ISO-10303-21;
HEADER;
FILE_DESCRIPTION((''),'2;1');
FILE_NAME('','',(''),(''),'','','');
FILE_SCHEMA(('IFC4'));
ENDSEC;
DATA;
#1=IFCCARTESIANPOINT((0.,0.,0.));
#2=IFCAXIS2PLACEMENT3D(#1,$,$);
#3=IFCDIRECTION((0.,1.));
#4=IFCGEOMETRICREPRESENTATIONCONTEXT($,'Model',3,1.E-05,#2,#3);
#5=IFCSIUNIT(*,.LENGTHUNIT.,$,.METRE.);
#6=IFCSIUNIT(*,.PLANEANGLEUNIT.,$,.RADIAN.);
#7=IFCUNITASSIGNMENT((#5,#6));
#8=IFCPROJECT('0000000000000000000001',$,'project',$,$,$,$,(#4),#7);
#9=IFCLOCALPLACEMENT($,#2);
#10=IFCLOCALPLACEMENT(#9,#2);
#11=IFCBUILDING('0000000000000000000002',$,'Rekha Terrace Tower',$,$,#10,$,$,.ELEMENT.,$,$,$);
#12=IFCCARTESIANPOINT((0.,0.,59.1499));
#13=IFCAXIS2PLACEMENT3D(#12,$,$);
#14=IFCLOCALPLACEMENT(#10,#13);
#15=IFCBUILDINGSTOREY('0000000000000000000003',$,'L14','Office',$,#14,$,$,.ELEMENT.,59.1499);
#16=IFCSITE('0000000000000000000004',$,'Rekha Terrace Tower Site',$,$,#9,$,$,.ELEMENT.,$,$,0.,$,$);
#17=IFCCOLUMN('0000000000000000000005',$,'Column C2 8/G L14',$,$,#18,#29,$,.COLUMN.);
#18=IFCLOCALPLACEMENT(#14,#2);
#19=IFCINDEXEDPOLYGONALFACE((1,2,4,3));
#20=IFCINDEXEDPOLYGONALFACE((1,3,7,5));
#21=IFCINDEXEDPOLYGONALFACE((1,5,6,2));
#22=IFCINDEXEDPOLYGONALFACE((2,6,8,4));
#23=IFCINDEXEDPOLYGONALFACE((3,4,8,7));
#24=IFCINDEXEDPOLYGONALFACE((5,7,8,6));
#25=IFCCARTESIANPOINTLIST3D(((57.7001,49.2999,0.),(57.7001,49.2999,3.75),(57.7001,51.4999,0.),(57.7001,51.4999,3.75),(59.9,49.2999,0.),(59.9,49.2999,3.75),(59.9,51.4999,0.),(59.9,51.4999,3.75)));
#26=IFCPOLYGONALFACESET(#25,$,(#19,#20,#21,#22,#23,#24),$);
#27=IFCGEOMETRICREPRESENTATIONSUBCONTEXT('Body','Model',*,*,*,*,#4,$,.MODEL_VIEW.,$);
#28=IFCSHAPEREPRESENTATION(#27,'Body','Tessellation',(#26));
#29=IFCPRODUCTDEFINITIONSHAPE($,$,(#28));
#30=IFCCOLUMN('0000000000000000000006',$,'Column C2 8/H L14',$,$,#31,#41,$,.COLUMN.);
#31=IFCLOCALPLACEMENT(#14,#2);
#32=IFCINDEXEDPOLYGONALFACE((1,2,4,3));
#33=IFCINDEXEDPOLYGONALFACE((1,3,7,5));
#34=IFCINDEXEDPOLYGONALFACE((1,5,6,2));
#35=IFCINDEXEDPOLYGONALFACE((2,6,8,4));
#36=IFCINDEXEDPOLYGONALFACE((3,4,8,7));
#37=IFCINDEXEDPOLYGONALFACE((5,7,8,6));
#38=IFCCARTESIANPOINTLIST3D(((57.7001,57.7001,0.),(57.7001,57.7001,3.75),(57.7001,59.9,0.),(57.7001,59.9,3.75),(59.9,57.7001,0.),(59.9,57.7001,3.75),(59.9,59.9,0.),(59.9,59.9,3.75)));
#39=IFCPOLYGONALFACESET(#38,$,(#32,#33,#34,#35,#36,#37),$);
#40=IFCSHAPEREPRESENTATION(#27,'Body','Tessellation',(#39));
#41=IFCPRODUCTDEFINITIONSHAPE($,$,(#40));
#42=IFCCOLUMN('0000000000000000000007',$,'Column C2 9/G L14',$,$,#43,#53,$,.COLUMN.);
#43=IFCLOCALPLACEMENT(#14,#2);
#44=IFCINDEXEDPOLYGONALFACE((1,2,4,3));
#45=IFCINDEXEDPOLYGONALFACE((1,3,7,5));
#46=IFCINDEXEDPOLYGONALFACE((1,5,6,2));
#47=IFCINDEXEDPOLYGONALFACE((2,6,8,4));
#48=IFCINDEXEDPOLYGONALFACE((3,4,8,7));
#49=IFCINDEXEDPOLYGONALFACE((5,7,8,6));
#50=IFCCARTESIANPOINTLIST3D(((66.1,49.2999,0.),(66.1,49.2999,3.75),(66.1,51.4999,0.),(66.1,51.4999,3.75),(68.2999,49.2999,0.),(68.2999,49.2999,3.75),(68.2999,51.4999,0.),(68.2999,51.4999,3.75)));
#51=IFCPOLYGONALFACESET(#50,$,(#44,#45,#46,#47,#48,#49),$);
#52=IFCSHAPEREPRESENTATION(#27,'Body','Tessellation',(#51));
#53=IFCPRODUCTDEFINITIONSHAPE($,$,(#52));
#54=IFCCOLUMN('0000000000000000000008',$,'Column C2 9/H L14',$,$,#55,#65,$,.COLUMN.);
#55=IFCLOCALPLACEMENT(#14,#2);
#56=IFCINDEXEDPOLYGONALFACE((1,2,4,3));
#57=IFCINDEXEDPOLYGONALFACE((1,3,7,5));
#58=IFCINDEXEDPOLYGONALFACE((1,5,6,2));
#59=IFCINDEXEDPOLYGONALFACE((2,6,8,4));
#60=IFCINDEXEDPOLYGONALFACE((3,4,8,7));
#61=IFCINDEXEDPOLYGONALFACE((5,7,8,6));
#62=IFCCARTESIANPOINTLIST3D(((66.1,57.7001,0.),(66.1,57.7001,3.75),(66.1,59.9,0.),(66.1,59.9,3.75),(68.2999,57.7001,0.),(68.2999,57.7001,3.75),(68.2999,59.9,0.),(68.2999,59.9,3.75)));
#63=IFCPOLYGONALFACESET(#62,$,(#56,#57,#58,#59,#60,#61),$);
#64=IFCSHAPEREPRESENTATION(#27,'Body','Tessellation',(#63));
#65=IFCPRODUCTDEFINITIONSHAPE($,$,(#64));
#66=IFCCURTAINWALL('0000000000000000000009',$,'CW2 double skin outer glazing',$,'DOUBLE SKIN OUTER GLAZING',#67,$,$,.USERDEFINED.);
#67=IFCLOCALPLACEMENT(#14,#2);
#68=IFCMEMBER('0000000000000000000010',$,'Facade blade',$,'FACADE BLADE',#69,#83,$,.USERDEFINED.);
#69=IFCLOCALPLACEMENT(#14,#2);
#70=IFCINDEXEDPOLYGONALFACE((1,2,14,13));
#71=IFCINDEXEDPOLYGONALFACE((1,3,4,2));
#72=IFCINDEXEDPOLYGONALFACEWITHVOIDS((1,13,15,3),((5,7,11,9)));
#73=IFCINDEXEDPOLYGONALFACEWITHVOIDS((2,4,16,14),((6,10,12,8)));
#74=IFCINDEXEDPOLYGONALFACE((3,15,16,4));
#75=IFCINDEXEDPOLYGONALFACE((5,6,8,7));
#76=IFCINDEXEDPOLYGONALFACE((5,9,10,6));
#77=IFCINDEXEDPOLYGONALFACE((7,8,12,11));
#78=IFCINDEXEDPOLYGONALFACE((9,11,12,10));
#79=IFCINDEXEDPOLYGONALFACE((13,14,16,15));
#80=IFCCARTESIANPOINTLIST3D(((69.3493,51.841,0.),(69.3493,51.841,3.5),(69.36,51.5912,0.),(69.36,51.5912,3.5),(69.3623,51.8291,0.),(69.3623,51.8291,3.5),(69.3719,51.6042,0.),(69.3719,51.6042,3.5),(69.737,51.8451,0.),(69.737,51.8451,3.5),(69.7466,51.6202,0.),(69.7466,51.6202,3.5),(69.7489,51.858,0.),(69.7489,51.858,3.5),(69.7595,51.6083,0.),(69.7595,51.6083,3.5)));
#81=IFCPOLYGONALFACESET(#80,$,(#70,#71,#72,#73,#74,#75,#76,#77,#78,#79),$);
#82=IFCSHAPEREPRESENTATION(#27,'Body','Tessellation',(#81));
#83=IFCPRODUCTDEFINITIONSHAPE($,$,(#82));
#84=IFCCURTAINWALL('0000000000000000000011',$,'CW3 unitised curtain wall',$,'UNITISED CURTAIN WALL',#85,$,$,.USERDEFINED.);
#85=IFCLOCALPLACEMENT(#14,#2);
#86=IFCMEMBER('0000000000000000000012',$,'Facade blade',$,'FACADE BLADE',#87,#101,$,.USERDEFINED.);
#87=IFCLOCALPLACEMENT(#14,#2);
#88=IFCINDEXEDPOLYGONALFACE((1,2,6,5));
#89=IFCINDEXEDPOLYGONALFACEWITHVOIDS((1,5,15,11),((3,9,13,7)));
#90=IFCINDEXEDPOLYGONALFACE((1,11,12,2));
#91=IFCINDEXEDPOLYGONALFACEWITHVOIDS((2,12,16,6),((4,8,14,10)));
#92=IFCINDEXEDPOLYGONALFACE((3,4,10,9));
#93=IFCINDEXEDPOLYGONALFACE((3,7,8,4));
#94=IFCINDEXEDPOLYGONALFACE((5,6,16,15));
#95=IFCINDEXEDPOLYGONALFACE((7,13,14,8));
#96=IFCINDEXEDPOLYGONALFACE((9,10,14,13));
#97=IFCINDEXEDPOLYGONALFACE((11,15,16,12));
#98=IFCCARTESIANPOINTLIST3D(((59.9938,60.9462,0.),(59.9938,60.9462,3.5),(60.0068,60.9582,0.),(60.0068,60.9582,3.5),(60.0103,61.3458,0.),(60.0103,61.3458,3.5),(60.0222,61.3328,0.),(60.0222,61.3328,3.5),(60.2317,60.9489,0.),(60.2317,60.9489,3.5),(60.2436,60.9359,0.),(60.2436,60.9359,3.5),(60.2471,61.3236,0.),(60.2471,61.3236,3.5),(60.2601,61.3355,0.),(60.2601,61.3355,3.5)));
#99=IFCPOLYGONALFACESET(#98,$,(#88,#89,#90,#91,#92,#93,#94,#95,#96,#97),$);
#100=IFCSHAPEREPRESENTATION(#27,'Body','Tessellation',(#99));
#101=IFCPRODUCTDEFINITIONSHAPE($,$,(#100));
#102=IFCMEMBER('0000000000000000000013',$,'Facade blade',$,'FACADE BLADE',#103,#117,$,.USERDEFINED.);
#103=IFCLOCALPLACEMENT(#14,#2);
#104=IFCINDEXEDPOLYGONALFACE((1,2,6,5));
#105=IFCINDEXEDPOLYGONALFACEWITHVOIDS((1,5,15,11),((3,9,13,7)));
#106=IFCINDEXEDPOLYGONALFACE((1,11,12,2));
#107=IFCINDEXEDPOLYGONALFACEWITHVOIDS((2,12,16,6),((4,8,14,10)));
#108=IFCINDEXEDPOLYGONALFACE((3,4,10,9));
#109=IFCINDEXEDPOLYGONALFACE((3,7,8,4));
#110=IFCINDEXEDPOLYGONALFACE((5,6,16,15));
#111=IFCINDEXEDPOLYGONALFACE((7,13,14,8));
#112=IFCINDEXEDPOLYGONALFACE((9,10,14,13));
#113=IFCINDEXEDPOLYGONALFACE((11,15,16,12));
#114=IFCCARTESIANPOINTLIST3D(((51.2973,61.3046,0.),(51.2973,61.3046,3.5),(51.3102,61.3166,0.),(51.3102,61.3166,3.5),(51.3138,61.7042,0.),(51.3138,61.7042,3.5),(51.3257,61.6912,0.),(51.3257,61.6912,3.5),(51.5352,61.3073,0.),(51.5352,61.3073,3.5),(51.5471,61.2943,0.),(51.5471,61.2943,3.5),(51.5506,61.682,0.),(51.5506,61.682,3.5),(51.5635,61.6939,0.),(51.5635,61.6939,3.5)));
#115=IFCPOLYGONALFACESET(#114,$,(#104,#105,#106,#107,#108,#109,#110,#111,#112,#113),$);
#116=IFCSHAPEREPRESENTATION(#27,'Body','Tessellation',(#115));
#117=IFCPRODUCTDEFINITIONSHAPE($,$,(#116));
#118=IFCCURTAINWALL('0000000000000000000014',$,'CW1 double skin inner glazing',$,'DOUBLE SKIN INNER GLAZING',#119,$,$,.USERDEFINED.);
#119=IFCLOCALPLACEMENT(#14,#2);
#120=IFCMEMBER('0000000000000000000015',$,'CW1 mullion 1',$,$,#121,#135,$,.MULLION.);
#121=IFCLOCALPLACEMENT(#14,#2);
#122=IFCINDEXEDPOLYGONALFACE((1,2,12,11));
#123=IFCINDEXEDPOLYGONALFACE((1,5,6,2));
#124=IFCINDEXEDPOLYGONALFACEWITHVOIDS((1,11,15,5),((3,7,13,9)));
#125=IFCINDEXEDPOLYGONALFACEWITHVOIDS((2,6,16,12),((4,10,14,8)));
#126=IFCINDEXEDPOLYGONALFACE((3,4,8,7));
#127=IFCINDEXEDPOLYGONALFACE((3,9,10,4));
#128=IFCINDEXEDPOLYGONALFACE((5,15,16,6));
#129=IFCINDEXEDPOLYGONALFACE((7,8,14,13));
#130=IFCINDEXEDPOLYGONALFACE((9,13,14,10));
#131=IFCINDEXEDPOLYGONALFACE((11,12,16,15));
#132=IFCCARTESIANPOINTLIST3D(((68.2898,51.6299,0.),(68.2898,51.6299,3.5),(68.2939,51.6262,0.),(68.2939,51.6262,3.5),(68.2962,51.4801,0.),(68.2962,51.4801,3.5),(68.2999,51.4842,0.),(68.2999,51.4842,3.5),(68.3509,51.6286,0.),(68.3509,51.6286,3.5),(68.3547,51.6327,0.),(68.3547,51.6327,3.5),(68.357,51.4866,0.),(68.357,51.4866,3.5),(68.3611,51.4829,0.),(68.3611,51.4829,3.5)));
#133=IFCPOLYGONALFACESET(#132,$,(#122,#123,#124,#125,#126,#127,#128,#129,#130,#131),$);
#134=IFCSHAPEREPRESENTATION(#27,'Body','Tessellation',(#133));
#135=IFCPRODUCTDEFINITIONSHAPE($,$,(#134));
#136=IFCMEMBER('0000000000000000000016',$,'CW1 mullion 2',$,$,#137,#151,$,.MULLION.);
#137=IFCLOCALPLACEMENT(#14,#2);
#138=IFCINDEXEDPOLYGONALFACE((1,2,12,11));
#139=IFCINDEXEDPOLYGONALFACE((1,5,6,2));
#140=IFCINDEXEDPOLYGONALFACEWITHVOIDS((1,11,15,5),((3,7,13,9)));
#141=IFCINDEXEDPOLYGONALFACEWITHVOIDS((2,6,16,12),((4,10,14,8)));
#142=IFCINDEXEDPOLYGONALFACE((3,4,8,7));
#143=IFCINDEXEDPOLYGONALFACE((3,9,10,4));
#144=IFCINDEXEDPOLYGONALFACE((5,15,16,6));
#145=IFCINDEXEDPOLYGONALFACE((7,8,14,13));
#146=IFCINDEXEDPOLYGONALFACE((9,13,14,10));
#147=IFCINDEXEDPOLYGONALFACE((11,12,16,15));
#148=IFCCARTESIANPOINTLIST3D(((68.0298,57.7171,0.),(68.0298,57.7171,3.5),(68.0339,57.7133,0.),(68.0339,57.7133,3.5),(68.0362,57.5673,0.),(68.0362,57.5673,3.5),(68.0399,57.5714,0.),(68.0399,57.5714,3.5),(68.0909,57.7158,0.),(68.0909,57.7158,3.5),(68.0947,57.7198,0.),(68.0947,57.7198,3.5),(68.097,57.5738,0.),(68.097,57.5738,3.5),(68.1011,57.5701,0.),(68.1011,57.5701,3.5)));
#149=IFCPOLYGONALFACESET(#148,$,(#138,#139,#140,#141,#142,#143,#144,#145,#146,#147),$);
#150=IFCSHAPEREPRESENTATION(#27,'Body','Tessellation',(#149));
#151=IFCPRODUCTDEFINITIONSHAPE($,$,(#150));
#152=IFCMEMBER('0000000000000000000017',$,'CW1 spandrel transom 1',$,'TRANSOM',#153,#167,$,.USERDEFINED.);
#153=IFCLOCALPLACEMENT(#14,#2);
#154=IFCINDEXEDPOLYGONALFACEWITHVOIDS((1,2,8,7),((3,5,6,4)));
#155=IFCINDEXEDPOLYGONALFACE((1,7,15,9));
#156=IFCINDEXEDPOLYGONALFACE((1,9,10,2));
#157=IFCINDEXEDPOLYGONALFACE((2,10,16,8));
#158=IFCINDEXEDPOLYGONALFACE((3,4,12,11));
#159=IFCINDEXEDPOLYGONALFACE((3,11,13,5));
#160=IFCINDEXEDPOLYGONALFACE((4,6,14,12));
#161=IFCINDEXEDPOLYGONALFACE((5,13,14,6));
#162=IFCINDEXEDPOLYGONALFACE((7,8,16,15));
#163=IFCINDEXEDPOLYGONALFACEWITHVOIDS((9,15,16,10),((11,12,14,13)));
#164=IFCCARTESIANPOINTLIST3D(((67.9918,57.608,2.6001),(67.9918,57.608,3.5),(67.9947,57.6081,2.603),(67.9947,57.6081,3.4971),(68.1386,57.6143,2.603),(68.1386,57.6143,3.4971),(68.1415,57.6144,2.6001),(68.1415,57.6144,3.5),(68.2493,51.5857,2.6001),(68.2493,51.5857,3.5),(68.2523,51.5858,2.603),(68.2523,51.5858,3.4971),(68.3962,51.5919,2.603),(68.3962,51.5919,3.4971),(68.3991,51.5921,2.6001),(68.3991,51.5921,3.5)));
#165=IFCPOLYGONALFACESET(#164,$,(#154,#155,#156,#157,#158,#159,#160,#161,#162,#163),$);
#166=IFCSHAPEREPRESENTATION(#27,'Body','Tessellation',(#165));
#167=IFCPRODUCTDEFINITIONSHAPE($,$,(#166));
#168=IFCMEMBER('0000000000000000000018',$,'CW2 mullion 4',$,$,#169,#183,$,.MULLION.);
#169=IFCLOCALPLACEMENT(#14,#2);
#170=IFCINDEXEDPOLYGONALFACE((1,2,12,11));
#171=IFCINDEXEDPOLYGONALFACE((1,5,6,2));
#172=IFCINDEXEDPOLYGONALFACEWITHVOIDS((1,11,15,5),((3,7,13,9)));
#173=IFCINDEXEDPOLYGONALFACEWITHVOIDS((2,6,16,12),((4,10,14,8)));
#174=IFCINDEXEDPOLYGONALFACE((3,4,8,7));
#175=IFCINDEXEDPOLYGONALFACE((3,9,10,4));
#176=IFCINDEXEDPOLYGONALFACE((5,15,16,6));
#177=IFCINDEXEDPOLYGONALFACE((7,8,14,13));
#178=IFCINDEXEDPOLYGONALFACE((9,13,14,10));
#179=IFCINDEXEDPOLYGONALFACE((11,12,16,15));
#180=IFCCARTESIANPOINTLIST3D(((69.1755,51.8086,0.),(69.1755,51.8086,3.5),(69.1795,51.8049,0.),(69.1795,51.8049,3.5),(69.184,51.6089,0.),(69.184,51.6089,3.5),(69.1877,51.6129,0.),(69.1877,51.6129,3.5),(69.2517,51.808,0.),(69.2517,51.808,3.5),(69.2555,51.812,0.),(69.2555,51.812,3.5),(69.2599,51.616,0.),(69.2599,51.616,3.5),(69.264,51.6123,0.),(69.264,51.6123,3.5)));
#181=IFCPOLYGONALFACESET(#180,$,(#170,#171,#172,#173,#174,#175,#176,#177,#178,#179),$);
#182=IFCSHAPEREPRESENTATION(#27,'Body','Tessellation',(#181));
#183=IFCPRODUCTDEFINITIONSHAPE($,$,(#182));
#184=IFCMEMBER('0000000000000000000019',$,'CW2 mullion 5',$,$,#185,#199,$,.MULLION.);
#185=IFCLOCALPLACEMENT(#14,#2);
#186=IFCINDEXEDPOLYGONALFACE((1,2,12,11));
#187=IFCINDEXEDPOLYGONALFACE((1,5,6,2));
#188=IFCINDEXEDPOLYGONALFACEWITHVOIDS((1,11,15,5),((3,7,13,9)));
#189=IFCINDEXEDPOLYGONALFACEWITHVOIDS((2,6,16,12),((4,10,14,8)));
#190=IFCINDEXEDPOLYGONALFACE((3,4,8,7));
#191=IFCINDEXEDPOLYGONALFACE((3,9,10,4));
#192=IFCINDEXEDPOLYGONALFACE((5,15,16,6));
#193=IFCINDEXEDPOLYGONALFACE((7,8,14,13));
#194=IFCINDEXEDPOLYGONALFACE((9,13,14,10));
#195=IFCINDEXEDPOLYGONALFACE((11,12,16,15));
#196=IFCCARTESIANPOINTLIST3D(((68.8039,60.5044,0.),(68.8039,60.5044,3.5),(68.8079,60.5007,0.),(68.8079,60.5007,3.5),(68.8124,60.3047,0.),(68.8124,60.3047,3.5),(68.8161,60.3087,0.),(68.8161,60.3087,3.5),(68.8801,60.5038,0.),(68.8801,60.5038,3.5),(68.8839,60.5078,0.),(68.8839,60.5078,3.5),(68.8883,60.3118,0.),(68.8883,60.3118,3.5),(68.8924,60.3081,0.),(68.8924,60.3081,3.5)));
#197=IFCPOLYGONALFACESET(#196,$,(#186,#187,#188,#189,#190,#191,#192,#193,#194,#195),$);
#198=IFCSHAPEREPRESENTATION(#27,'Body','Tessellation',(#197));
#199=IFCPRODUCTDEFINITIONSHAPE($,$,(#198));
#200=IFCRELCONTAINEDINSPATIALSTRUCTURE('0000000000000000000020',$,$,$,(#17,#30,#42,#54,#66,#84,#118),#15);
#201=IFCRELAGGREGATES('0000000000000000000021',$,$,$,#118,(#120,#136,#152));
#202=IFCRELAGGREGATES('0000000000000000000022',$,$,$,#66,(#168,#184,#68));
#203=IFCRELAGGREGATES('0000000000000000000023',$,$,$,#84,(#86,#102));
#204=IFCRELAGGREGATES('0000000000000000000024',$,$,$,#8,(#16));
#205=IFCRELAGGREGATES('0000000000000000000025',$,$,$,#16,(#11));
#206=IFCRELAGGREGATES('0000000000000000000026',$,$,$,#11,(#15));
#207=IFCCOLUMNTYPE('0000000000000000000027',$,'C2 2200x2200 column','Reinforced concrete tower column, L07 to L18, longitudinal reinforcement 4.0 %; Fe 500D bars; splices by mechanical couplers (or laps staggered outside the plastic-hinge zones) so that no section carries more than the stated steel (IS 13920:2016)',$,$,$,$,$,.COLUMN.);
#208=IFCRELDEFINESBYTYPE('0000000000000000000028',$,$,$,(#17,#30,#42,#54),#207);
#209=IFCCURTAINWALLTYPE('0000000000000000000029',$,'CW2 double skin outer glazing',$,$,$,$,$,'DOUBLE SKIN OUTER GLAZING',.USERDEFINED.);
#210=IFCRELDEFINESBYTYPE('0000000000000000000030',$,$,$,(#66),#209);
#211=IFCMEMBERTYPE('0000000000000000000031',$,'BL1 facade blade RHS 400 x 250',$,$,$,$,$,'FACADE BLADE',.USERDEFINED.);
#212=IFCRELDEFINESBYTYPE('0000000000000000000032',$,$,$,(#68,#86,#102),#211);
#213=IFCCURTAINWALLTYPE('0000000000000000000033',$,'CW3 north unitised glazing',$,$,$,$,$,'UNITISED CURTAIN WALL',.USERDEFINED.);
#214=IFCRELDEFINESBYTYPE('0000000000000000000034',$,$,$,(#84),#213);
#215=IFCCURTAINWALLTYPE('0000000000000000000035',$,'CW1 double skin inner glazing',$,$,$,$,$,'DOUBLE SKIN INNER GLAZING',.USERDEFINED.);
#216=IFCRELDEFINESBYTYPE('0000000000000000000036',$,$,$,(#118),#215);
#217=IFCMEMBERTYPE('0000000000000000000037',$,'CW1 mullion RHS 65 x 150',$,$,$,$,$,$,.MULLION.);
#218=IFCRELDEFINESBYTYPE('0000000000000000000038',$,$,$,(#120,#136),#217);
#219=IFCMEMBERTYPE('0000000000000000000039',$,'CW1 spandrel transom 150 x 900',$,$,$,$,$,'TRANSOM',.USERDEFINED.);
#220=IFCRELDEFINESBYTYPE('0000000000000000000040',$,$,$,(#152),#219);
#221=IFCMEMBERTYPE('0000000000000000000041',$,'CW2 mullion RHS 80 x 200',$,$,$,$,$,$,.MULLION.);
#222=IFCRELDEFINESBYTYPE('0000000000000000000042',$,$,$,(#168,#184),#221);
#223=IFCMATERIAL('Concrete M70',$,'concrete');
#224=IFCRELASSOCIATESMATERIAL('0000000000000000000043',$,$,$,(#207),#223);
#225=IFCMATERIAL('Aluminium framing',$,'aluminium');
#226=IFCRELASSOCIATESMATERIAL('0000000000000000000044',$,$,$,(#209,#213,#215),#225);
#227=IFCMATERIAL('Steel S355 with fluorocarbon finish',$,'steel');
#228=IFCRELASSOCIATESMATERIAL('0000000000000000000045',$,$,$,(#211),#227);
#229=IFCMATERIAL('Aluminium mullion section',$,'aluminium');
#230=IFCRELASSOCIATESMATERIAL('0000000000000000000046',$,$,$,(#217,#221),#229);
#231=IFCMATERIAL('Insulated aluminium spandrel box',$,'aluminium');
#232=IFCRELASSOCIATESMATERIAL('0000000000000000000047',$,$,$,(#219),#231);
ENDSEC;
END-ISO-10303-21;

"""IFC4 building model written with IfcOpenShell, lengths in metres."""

from ifc_helpers import new_model, si_unit, direction, frame, origin, origin_2d, place, context, subcontext, project, spatial, rectangle, hollow_rectangle, extrude, material, material_profile, profile_set, type_object, element, aggregate, save


model = new_model("IFC4")

# Units and contexts
model_context = context("Model", 3, precision=1e-05, world=origin(), true_north=direction((0.0, 1.0)))
body_context = subcontext(model_context, "Body", "Model", "MODEL_VIEW")
ifc_project = project(units=[si_unit("LENGTHUNIT", "METRE"), si_unit("PLANEANGLEUNIT", "RADIAN")], contexts=[model_context])

# Site, building, storey
site_placement = place(None, origin())
site = spatial("IfcSite", under=ifc_project, at=site_placement, Name="Rekha Terrace Tower Site", CompositionType="ELEMENT", RefElevation=0.0)
building_placement = place(site_placement, origin())
building = spatial("IfcBuilding", under=site, at=building_placement, Name="Rekha Terrace Tower", CompositionType="ELEMENT")
storey_placement = place(building_placement, frame((0.0, 0.0, 59.1499)))
storey = spatial("IfcBuildingStorey", under=building, at=storey_placement, Name="L14", Description="Office", CompositionType="ELEMENT", Elevation=59.1499)

# Columns
ifc_material_1 = material(Name="Concrete M70", Category="concrete")
ifc_material_profile_1 = material_profile(ifc_material_1, rectangle(XDim=2.2, YDim=2.2, at=origin_2d()), Name="RC 2200x2200")
ifc_profile_set_1 = profile_set([ifc_material_profile_1], Name="Concrete M70")
column_type = type_object("IfcColumnType", Name="C2 2200x2200 column", Description="Reinforced concrete tower column, L07 to L18, longitudinal reinforcement 4.0 %; Fe 500D bars; splices by mechanical couplers (or laps staggered outside the plastic-hinge zones) so that no section carries more than the stated steel (IS 13920:2016)", PredefinedType="COLUMN", material=ifc_profile_set_1)
for number, where, z_axis, x_axis, name in (
    (1, (58.8, 50.3999, 0.0), (0.0, 0.0, 1.0), (1.0, 0.0, 0.0), "Column C2 8/G L14"),
    (2, (58.8, 58.8, 0.0), (0.0, 0.0, 1.0), (1.0, 0.0, 0.0), "Column C2 8/H L14"),
    (3, (67.2, 50.3999, 0.0), (0.0, 0.0, 1.0), (1.0, 0.0, 0.0), "Column C2 9/G L14"),
    (4, (67.2, 58.8, 0.0), (0.0, 0.0, 1.0), (1.0, 0.0, 0.0), "Column C2 9/H L14"),
):
    element("IfcColumn", number, at=place(storey_placement, frame(where, z_axis=z_axis, x_axis=x_axis)), inside=storey, type_object=column_type, Name=name, PredefinedType="COLUMN", context=body_context, shape_type="SweptSolid", body=[
        extrude(rectangle(XDim=2.2, YDim=2.2, at=origin_2d()), origin(), (0.0, 0.0, 1.0), 3.75),
    ])

# Curtain wall, member
ifc_material_2 = material(Name="Aluminium framing", Category="aluminium")
curtain_wall_type_1 = type_object("IfcCurtainWallType", Name="CW2 double skin outer glazing", ElementType="DOUBLE SKIN OUTER GLAZING", PredefinedType="USERDEFINED", material=ifc_material_2)
curtain_wall_1_placement = place(storey_placement, origin())
curtain_wall_1 = element("IfcCurtainWall", 5, at=curtain_wall_1_placement, inside=storey, type_object=curtain_wall_type_1, Name="CW2 double skin outer glazing", ObjectType="DOUBLE SKIN OUTER GLAZING", PredefinedType="USERDEFINED")
ifc_material_3 = material(Name="Steel S355 with fluorocarbon finish", Category="steel")
ifc_material_profile_2 = material_profile(ifc_material_3, hollow_rectangle(XDim=0.25, YDim=0.3999, WallThickness=0.0125, at=origin_2d()), Name="RHS400x250x12.5")
ifc_profile_set_2 = profile_set([ifc_material_profile_2], Name="Steel S355 with fluorocarbon finish")
member_type_1 = type_object("IfcMemberType", Name="BL1 facade blade RHS 400 x 250", ElementType="FACADE BLADE", PredefinedType="USERDEFINED", material=ifc_profile_set_2)
member_1_placement = place(storey_placement, frame((69.5544, 51.7246, 0.0), z_axis=(0.0, 0.0, 1.0), x_axis=(-0.042695, 0.999088, 0.0)))
member_1 = element("IfcMember", 6, at=member_1_placement, type_object=member_type_1, Name="Facade blade", ObjectType="FACADE BLADE", PredefinedType="USERDEFINED", context=body_context, shape_type="SweptSolid", body=[
    extrude(hollow_rectangle(XDim=0.25, YDim=0.3999, WallThickness=0.0125, at=origin_2d()), origin(), (0.0, 0.0, 1.0), 3.5),
])

# Curtain walls, members
curtain_wall_type_2 = type_object("IfcCurtainWallType", Name="CW3 north unitised glazing", ElementType="UNITISED CURTAIN WALL", PredefinedType="USERDEFINED", material=ifc_material_2)
curtain_wall_2_placement = place(storey_placement, origin())
curtain_wall_2 = element("IfcCurtainWall", 7, at=curtain_wall_2_placement, inside=storey, type_object=curtain_wall_type_2, Name="CW3 unitised curtain wall", ObjectType="UNITISED CURTAIN WALL", PredefinedType="USERDEFINED")
member_2_placement = place(storey_placement, frame((60.127, 61.1409, 0.0), z_axis=(0.0, 0.0, 1.0), x_axis=(-0.999152, 0.041175, 0.0)))
member_2 = element("IfcMember", 8, at=member_2_placement, type_object=member_type_1, Name="Facade blade", ObjectType="FACADE BLADE", PredefinedType="USERDEFINED", context=body_context, shape_type="SweptSolid", body=[
    extrude(hollow_rectangle(XDim=0.25, YDim=0.3999, WallThickness=0.0125, at=origin_2d()), origin(), (0.0, 0.0, 1.0), 3.5),
])
member_3_placement = place(storey_placement, frame((51.4304, 61.4993, 0.0), z_axis=(0.0, 0.0, 1.0), x_axis=(-0.999152, 0.041175, 0.0)))
member_3 = element("IfcMember", 9, at=member_3_placement, type_object=member_type_1, Name="Facade blade", ObjectType="FACADE BLADE", PredefinedType="USERDEFINED", context=body_context, shape_type="SweptSolid", body=[
    extrude(hollow_rectangle(XDim=0.25, YDim=0.3999, WallThickness=0.0125, at=origin_2d()), origin(), (0.0, 0.0, 1.0), 3.5),
])
curtain_wall_type_3 = type_object("IfcCurtainWallType", Name="CW1 double skin inner glazing", ElementType="DOUBLE SKIN INNER GLAZING", PredefinedType="USERDEFINED", material=ifc_material_2)
curtain_wall_3_placement = place(storey_placement, origin())
curtain_wall_3 = element("IfcCurtainWall", 10, at=curtain_wall_3_placement, inside=storey, type_object=curtain_wall_type_3, Name="CW1 double skin inner glazing", ObjectType="DOUBLE SKIN INNER GLAZING", PredefinedType="USERDEFINED")
ifc_material_4 = material(Name="Aluminium mullion section", Category="aluminium")
ifc_material_profile_3 = material_profile(ifc_material_4, hollow_rectangle(XDim=0.0649, YDim=0.1499, WallThickness=0.0039, at=origin_2d()), Name="AL RHS 65x150")
ifc_profile_set_3 = profile_set([ifc_material_profile_3], Name="Aluminium mullion section")
member_type_2 = type_object("IfcMemberType", Name="CW1 mullion RHS 65 x 150", PredefinedType="MULLION", material=ifc_profile_set_3)
member_4_placement = place(storey_placement, frame((68.3254, 51.5564, 0.0), z_axis=(0.0, 0.0, 1.0), x_axis=(-0.999088, -0.042696, 0.0)))
member_4 = element("IfcMember", 11, at=member_4_placement, type_object=member_type_2, Name="CW1 mullion 1", PredefinedType="MULLION", context=body_context, shape_type="SweptSolid", body=[
    extrude(hollow_rectangle(XDim=0.0649, YDim=0.1499, WallThickness=0.0039, at=origin_2d()), origin(), (0.0, 0.0, 1.0), 3.5),
])
member_5_placement = place(storey_placement, frame((68.0654, 57.6436, 0.0), z_axis=(0.0, 0.0, 1.0), x_axis=(-0.999088, -0.042696, 0.0)))
member_5 = element("IfcMember", 12, at=member_5_placement, type_object=member_type_2, Name="CW1 mullion 2", PredefinedType="MULLION", context=body_context, shape_type="SweptSolid", body=[
    extrude(hollow_rectangle(XDim=0.0649, YDim=0.1499, WallThickness=0.0039, at=origin_2d()), origin(), (0.0, 0.0, 1.0), 3.5),
])
ifc_material_5 = material(Name="Insulated aluminium spandrel box", Category="aluminium")
ifc_material_profile_4 = material_profile(ifc_material_5, hollow_rectangle(XDim=0.1499, YDim=0.8999, WallThickness=0.0029, at=origin_2d()), Name="AL SPANDREL BOX 150x900")
ifc_profile_set_4 = profile_set([ifc_material_profile_4], Name="Insulated aluminium spandrel box")
member_type_3 = type_object("IfcMemberType", Name="CW1 spandrel transom 150 x 900", ElementType="TRANSOM", PredefinedType="USERDEFINED", material=ifc_profile_set_4)
member_6_placement = place(storey_placement, frame((68.3242, 51.5889, 3.05), z_axis=(-0.042731, 0.999087, 0.0), x_axis=(-0.999087, -0.042731, 0.0)))
member_6 = element("IfcMember", 13, at=member_6_placement, type_object=member_type_3, Name="CW1 spandrel transom 1", ObjectType="TRANSOM", PredefinedType="USERDEFINED", context=body_context, shape_type="SweptSolid", body=[
    extrude(hollow_rectangle(XDim=0.1499, YDim=0.8999, WallThickness=0.0029, at=origin_2d()), origin(), (0.0, 0.0, 1.0), 6.0278),
])

# Members
ifc_material_profile_5 = material_profile(ifc_material_4, hollow_rectangle(XDim=0.0801, YDim=0.2, WallThickness=0.0039, at=origin_2d()), Name="AL RHS 80x200")
ifc_profile_set_5 = profile_set([ifc_material_profile_5], Name="Aluminium mullion section")
member_type_4 = type_object("IfcMemberType", Name="CW2 mullion RHS 80 x 200", PredefinedType="MULLION", material=ifc_profile_set_5)
member_7_placement = place(storey_placement, frame((69.2197, 51.7104, 0.0), z_axis=(0.0, 0.0, 1.0), x_axis=(-0.999088, -0.042696, 0.0)))
member_7 = element("IfcMember", 14, at=member_7_placement, type_object=member_type_4, Name="CW2 mullion 4", PredefinedType="MULLION", context=body_context, shape_type="SweptSolid", body=[
    extrude(hollow_rectangle(XDim=0.0801, YDim=0.2, WallThickness=0.0039, at=origin_2d()), origin(), (0.0, 0.0, 1.0), 3.5),
])
member_8_placement = place(storey_placement, frame((68.8481, 60.4062, 0.0), z_axis=(0.0, 0.0, 1.0), x_axis=(-0.999088, -0.042696, 0.0)))
member_8 = element("IfcMember", 15, at=member_8_placement, type_object=member_type_4, Name="CW2 mullion 5", PredefinedType="MULLION", context=body_context, shape_type="SweptSolid", body=[
    extrude(hollow_rectangle(XDim=0.0801, YDim=0.2, WallThickness=0.0039, at=origin_2d()), origin(), (0.0, 0.0, 1.0), 3.5),
])

aggregate(curtain_wall_3, [member_4, member_5, member_6])
aggregate(curtain_wall_1, [member_7, member_8, member_1])
aggregate(curtain_wall_2, [member_2, member_3])

save(model, "model.ifc")
